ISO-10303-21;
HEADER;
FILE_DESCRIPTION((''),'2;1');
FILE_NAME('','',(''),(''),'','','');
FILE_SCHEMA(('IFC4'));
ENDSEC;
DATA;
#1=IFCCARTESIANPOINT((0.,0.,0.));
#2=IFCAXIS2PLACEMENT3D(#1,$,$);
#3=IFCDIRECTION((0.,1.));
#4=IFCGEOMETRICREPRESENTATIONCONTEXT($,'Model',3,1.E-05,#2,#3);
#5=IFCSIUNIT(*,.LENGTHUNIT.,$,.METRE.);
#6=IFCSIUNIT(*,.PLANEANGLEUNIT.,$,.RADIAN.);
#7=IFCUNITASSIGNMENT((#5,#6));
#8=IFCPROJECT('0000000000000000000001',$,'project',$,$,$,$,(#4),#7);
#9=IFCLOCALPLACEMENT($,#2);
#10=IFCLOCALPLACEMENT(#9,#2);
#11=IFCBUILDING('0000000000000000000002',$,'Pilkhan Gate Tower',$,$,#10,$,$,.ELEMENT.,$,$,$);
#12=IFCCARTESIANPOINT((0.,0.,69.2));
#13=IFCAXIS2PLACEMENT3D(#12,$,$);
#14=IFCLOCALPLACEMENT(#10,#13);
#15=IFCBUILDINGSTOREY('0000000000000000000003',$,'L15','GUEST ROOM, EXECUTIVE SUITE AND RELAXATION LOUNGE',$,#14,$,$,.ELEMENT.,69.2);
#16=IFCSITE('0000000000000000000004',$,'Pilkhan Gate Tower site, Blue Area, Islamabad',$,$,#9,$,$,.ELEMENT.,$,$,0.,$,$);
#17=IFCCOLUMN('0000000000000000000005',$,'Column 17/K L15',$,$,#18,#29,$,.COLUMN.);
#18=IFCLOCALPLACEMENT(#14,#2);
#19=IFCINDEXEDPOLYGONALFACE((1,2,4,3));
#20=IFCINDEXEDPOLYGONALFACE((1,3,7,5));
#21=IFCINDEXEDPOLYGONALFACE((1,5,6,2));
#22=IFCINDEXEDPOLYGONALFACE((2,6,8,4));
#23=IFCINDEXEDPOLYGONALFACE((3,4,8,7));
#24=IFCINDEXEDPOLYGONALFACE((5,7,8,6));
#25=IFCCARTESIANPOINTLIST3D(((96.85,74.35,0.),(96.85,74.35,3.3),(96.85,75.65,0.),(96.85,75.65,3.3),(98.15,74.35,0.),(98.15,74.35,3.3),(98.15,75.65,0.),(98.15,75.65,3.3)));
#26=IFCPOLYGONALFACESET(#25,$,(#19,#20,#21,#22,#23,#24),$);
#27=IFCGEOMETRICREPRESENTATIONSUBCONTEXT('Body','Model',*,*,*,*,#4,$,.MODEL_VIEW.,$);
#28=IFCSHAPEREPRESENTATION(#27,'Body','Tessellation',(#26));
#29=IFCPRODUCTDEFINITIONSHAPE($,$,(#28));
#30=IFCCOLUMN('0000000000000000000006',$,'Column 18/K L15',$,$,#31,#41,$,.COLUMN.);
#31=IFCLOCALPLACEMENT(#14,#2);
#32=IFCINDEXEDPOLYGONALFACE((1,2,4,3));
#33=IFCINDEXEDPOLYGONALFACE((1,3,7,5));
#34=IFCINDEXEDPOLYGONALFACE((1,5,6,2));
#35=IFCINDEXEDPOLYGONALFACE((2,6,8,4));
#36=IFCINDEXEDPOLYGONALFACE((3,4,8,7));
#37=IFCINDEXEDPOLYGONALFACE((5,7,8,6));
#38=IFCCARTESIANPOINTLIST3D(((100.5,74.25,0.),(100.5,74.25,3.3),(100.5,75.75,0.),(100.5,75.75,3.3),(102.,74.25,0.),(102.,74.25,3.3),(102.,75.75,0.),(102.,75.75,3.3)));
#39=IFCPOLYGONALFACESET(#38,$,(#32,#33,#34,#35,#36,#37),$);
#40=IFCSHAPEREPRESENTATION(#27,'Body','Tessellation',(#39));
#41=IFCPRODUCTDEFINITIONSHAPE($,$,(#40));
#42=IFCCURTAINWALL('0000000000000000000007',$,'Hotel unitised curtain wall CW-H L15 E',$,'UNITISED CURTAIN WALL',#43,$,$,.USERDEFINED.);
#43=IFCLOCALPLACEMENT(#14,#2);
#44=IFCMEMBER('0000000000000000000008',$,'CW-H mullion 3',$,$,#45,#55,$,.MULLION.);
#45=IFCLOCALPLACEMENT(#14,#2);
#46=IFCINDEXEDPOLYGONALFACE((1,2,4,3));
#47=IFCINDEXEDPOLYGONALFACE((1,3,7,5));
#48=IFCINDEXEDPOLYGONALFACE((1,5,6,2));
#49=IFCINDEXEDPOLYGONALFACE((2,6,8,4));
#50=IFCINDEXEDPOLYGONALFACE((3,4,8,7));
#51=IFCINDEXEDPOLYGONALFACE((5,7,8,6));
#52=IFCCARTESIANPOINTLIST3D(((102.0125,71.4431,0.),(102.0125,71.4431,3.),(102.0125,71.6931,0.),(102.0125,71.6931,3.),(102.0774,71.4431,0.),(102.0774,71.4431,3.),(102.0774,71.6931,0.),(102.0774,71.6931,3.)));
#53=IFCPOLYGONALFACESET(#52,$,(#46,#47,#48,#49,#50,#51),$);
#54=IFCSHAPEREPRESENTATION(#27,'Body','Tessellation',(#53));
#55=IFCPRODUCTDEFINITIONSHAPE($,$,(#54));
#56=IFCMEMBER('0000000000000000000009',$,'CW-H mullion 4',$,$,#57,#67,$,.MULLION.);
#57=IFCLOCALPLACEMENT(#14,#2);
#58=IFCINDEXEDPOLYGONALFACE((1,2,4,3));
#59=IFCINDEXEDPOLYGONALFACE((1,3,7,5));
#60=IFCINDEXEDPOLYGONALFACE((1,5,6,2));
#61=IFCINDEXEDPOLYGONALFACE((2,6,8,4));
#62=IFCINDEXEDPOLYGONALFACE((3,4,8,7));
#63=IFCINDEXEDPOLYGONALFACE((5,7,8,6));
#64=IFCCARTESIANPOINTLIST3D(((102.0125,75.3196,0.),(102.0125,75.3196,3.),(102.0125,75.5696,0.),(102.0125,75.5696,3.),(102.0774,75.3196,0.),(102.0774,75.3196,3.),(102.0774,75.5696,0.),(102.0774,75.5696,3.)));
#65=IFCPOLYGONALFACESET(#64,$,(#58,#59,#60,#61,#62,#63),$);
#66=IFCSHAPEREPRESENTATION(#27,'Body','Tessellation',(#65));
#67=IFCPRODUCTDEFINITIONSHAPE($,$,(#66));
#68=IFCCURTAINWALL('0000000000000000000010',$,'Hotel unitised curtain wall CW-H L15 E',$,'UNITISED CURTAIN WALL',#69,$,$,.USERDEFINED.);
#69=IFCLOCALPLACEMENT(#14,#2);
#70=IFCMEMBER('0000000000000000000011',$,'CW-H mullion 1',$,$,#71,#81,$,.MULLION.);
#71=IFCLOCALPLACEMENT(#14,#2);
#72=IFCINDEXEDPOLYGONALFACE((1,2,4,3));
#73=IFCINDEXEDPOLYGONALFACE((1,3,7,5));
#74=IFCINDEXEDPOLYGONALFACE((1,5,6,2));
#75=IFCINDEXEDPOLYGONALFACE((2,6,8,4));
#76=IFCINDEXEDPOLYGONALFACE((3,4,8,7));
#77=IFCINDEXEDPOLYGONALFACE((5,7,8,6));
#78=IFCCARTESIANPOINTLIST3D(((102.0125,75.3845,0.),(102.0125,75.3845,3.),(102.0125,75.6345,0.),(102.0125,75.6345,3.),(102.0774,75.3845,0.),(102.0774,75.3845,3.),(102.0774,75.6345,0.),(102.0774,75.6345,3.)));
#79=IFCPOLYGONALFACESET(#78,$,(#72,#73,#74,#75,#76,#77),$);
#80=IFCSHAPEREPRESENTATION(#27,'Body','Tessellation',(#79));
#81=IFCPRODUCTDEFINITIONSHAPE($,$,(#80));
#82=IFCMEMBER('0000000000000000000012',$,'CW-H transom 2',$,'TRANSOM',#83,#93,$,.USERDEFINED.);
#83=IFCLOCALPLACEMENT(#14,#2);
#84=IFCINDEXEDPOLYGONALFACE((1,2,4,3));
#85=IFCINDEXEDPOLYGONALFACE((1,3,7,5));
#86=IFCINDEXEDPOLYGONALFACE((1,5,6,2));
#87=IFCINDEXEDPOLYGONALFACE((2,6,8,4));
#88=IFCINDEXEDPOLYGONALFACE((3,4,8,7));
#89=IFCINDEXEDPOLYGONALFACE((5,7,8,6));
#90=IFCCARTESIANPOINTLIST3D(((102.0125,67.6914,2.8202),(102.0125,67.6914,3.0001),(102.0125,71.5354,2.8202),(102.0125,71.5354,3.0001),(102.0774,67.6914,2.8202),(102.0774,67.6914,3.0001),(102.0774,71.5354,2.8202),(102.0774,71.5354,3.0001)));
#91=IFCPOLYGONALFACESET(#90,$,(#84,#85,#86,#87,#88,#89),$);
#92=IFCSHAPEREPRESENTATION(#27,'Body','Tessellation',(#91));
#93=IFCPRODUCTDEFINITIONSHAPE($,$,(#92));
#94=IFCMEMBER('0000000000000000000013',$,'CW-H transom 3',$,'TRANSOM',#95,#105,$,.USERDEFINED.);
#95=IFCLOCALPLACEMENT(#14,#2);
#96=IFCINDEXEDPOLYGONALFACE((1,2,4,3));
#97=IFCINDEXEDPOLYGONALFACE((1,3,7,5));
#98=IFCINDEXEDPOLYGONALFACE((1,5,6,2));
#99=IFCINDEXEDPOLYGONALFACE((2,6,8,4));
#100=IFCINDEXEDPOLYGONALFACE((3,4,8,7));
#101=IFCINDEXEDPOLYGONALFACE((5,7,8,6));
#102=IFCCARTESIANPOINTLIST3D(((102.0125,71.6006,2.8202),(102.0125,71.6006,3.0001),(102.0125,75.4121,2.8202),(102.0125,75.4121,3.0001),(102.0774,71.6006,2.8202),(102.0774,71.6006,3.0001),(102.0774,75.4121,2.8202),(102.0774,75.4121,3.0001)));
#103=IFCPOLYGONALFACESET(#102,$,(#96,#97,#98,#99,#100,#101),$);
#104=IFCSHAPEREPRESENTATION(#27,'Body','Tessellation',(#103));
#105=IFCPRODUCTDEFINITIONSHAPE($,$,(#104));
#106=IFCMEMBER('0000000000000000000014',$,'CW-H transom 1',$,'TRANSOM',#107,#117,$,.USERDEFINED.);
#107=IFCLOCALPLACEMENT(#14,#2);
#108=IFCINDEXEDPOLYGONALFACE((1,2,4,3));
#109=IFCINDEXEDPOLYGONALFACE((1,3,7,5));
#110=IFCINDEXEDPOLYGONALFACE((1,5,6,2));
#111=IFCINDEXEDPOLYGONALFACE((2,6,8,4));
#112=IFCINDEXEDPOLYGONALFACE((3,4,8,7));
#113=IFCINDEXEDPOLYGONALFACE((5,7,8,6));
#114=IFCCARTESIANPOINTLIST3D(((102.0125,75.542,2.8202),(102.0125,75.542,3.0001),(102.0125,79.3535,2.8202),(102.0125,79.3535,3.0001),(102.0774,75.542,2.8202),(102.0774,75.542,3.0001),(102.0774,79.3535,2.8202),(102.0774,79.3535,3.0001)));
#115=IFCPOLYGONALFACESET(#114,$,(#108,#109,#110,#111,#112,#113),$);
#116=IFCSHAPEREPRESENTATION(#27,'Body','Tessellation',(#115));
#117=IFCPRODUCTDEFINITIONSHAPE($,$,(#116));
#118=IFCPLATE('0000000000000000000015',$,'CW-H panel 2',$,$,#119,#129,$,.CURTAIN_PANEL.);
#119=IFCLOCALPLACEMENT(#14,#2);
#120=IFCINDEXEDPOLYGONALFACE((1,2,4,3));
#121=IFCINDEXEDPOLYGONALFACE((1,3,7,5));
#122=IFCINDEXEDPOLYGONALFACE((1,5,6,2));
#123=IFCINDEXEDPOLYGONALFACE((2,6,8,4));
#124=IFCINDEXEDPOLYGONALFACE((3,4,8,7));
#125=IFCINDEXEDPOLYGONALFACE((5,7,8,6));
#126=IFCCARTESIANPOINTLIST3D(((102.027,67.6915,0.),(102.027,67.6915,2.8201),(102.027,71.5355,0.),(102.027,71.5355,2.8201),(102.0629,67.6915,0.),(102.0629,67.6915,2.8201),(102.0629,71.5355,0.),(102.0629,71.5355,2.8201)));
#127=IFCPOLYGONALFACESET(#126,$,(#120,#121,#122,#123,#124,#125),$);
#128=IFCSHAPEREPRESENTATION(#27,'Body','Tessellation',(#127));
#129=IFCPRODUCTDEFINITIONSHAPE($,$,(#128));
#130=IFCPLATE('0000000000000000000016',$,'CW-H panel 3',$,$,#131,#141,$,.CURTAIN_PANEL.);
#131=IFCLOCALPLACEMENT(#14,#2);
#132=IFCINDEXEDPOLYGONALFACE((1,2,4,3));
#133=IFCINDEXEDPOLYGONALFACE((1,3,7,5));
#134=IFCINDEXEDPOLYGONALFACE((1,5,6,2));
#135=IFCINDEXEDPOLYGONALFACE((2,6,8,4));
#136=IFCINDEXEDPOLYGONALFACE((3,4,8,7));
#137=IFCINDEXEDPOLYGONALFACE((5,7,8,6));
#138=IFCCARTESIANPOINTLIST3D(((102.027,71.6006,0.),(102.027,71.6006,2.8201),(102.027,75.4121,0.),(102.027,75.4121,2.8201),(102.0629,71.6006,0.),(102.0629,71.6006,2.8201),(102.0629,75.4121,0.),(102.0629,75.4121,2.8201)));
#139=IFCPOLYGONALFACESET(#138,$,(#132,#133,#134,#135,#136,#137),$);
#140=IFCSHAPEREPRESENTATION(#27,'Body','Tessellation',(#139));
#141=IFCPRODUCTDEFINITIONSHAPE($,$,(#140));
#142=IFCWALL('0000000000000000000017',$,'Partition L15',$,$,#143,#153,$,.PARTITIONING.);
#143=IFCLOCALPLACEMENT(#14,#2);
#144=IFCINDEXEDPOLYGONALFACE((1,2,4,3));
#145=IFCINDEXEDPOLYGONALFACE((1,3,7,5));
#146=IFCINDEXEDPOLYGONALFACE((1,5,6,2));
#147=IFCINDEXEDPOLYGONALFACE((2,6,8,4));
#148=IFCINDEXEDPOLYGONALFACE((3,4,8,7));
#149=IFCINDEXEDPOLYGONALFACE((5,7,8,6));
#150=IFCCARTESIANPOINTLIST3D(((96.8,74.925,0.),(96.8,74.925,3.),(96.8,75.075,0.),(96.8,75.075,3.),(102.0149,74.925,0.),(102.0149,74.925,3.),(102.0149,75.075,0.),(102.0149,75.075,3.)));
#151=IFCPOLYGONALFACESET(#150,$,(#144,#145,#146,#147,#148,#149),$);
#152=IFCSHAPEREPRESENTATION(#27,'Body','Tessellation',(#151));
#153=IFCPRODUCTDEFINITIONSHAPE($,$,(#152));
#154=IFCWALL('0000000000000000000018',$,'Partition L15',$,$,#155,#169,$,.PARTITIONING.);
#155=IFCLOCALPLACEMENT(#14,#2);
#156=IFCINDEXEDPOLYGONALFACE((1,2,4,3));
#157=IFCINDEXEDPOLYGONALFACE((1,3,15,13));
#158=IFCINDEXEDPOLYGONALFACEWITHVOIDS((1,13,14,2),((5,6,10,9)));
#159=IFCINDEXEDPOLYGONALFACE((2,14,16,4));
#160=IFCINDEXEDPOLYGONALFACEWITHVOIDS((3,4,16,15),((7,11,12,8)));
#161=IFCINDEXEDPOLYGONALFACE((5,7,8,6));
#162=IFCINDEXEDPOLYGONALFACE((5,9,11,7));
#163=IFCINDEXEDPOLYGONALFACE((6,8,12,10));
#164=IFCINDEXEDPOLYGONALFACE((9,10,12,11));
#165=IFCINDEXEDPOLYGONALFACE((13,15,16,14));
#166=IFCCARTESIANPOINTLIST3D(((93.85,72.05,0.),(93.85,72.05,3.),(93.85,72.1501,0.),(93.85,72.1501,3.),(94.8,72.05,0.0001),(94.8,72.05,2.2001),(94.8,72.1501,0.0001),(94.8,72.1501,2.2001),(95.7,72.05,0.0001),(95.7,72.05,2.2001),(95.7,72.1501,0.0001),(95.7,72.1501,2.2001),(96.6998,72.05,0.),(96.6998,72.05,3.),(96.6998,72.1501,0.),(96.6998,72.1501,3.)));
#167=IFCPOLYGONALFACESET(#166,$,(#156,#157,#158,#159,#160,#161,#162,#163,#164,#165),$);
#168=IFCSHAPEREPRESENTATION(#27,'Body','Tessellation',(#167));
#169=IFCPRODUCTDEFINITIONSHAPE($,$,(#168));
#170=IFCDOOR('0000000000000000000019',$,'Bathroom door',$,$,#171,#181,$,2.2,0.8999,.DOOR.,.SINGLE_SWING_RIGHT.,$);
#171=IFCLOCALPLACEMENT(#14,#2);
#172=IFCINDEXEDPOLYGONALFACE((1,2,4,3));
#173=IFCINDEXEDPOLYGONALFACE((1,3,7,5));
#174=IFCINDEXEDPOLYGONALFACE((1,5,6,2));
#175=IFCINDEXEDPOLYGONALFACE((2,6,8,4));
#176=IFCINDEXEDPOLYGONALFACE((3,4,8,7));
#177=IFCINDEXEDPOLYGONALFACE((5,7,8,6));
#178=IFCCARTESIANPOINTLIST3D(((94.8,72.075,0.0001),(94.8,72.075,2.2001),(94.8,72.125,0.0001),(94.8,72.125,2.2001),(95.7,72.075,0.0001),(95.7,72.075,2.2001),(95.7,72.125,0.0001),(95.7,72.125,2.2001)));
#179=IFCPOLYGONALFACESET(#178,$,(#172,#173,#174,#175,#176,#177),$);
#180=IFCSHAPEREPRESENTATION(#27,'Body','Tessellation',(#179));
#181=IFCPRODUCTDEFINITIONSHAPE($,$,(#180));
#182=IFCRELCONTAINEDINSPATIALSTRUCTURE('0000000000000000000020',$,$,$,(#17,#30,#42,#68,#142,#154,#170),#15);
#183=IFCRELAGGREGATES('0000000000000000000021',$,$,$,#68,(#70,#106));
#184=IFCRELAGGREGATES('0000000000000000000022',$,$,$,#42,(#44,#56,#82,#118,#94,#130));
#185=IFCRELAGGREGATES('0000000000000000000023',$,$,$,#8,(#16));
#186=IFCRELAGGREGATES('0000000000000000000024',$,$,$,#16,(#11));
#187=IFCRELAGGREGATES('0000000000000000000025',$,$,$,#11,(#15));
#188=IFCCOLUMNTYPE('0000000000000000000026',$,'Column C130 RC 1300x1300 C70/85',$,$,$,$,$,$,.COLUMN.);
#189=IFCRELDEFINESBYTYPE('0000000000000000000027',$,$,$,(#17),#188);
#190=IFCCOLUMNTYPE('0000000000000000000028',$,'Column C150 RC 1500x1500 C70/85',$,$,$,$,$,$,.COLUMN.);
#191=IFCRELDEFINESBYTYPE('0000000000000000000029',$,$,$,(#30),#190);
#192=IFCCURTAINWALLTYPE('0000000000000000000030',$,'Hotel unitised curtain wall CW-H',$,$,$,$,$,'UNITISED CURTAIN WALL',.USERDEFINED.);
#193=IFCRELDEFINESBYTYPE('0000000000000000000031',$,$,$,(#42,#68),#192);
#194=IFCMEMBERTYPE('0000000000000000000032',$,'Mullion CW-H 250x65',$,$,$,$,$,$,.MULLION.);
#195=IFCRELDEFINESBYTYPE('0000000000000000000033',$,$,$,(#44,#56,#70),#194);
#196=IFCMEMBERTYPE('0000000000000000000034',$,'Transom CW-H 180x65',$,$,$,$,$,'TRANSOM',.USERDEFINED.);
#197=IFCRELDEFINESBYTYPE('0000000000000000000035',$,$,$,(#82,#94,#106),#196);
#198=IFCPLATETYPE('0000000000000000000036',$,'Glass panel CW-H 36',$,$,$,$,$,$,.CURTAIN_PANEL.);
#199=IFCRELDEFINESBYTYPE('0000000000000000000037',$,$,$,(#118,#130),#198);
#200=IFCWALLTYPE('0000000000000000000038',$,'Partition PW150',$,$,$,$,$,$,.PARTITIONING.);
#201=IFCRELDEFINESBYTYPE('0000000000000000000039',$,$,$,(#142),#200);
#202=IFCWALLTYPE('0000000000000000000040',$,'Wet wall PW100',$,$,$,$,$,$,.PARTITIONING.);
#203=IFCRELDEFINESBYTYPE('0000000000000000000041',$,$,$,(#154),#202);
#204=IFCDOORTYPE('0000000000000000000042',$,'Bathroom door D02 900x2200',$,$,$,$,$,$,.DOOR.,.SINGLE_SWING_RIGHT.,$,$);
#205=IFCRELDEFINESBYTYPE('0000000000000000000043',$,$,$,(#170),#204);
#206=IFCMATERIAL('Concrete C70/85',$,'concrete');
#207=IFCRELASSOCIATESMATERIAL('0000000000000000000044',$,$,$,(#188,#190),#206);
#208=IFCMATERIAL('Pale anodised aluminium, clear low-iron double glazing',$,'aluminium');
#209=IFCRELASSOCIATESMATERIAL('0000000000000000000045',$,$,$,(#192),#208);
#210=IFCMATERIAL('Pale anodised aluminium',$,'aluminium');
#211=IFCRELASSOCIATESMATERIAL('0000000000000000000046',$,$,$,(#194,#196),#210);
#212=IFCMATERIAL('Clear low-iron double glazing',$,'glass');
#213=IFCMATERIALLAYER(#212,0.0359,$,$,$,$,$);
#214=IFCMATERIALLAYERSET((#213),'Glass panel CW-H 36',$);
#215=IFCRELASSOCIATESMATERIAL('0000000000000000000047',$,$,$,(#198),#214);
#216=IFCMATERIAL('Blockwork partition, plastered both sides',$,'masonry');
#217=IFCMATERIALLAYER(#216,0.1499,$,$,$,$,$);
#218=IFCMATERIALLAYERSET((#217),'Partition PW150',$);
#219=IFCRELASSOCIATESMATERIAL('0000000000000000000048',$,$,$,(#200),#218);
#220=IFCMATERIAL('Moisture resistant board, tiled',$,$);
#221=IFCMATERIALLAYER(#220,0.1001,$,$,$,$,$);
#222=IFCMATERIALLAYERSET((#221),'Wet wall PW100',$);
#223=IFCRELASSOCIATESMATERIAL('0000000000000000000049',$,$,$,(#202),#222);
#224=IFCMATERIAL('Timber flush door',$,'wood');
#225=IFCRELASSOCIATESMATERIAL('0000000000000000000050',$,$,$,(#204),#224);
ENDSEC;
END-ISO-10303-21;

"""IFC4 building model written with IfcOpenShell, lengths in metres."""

from ifc_helpers import new_model, si_unit, direction, frame, frame_2d, origin, origin_2d, place, context, subcontext, project, spatial, rectangle, extrude, material, layer, layer_set, material_profile, profile_set, type_object, element, fill, aggregate, save


model = new_model("IFC4")

# Units and contexts
model_context = context("Model", 3, precision=1e-05, world=origin(), true_north=direction((0.0, 1.0)))
body_context = subcontext(model_context, "Body", "Model", "MODEL_VIEW")
ifc_project = project(units=[si_unit("LENGTHUNIT", "METRE"), si_unit("PLANEANGLEUNIT", "RADIAN")], contexts=[model_context])

# Site, building, storey
site_placement = place(None, origin())
site = spatial("IfcSite", under=ifc_project, at=site_placement, Name="Pilkhan Gate Tower site, Blue Area, Islamabad", CompositionType="ELEMENT", RefElevation=0.0)
building_placement = place(site_placement, origin())
building = spatial("IfcBuilding", under=site, at=building_placement, Name="Pilkhan Gate Tower", CompositionType="ELEMENT")
storey_placement = place(building_placement, frame((0.0, 0.0, 69.2)))
storey = spatial("IfcBuildingStorey", under=building, at=storey_placement, Name="L15", Description="GUEST ROOM, EXECUTIVE SUITE AND RELAXATION LOUNGE", CompositionType="ELEMENT", Elevation=69.2)

# Columns
ifc_material_1 = material(Name="Concrete C70/85", Category="concrete")
ifc_material_profile_1 = material_profile(ifc_material_1, rectangle(XDim=1.3, YDim=1.3, at=origin_2d()), Name="RC 1300x1300")
ifc_profile_set_1 = profile_set([ifc_material_profile_1], Name="Concrete C70/85")
column_type_1 = type_object("IfcColumnType", Name="Column C130 RC 1300x1300 C70/85", PredefinedType="COLUMN", material=ifc_profile_set_1)
column_1_placement = place(storey_placement, frame((97.5, 75.0, 0.0), z_axis=(0.0, 0.0, 1.0), x_axis=(1.0, 0.0, 0.0)))
element("IfcColumn", 1, at=column_1_placement, inside=storey, type_object=column_type_1, Name="Column 17/K L15", PredefinedType="COLUMN", context=body_context, shape_type="SweptSolid", body=[
    extrude(rectangle(XDim=1.3, YDim=1.3, at=origin_2d()), origin(), (0.0, 0.0, 1.0), 3.3),
])
ifc_material_profile_2 = material_profile(ifc_material_1, rectangle(XDim=1.5, YDim=1.5, at=origin_2d()), Name="RC 1500x1500")
ifc_profile_set_2 = profile_set([ifc_material_profile_2], Name="Concrete C70/85")
column_type_2 = type_object("IfcColumnType", Name="Column C150 RC 1500x1500 C70/85", PredefinedType="COLUMN", material=ifc_profile_set_2)
column_2_placement = place(storey_placement, frame((101.25, 75.0, 0.0), z_axis=(0.0, 0.0, 1.0), x_axis=(1.0, 0.0, 0.0)))
element("IfcColumn", 2, at=column_2_placement, inside=storey, type_object=column_type_2, Name="Column 18/K L15", PredefinedType="COLUMN", context=body_context, shape_type="SweptSolid", body=[
    extrude(rectangle(XDim=1.5, YDim=1.5, at=origin_2d()), origin(), (0.0, 0.0, 1.0), 3.3),
])

# Curtain wall, members
ifc_material_2 = material(Name="Pale anodised aluminium, clear low-iron double glazing", Category="aluminium")
curtain_wall_type = type_object("IfcCurtainWallType", Name="Hotel unitised curtain wall CW-H", ElementType="UNITISED CURTAIN WALL", PredefinedType="USERDEFINED", material=ifc_material_2)
curtain_wall_1_placement = place(storey_placement, origin())
curtain_wall_1 = element("IfcCurtainWall", 3, at=curtain_wall_1_placement, inside=storey, type_object=curtain_wall_type, Name="Hotel unitised curtain wall CW-H L15 E", ObjectType="UNITISED CURTAIN WALL", PredefinedType="USERDEFINED")
ifc_material_3 = material(Name="Pale anodised aluminium", Category="aluminium")
ifc_material_profile_3 = material_profile(ifc_material_3, rectangle(XDim=0.0649, YDim=0.25, at=origin_2d()), Name="Mullion 250x65")
ifc_profile_set_3 = profile_set([ifc_material_profile_3], Name="Pale anodised aluminium")
member_type_1 = type_object("IfcMemberType", Name="Mullion CW-H 250x65", PredefinedType="MULLION", material=ifc_profile_set_3)
member_1_placement = place(storey_placement, frame((102.0449, 71.5681, 0.0), z_axis=(0.0, 0.0, 1.0), x_axis=(-1.0, 0.0, 0.0)))
member_1 = element("IfcMember", 4, at=member_1_placement, type_object=member_type_1, Name="CW-H mullion 3", PredefinedType="MULLION", context=body_context, shape_type="SweptSolid", body=[
    extrude(rectangle(XDim=0.0649, YDim=0.25, at=origin_2d()), origin(), (0.0, 0.0, 1.0), 3.0),
])
member_2_placement = place(storey_placement, frame((102.0449, 75.4446, 0.0), z_axis=(0.0, 0.0, 1.0), x_axis=(-1.0, 0.0, 0.0)))
member_2 = element("IfcMember", 5, at=member_2_placement, type_object=member_type_1, Name="CW-H mullion 4", PredefinedType="MULLION", context=body_context, shape_type="SweptSolid", body=[
    extrude(rectangle(XDim=0.0649, YDim=0.25, at=origin_2d()), origin(), (0.0, 0.0, 1.0), 3.0),
])

# Curtain wall, member
curtain_wall_2_placement = place(storey_placement, origin())
curtain_wall_2 = element("IfcCurtainWall", 6, at=curtain_wall_2_placement, inside=storey, type_object=curtain_wall_type, Name="Hotel unitised curtain wall CW-H L15 E", ObjectType="UNITISED CURTAIN WALL", PredefinedType="USERDEFINED")
member_3_placement = place(storey_placement, frame((102.0449, 75.5095, 0.0), z_axis=(0.0, 0.0, 1.0), x_axis=(-1.0, 0.0, 0.0)))
member_3 = element("IfcMember", 7, at=member_3_placement, type_object=member_type_1, Name="CW-H mullion 1", PredefinedType="MULLION", context=body_context, shape_type="SweptSolid", body=[
    extrude(rectangle(XDim=0.0649, YDim=0.25, at=origin_2d()), origin(), (0.0, 0.0, 1.0), 3.0),
])

# Members
ifc_material_profile_4 = material_profile(ifc_material_3, rectangle(XDim=0.0649, YDim=0.1799, at=origin_2d()), Name="Transom 180x65")
ifc_profile_set_4 = profile_set([ifc_material_profile_4], Name="Pale anodised aluminium")
member_type_2 = type_object("IfcMemberType", Name="Transom CW-H 180x65", ElementType="TRANSOM", PredefinedType="USERDEFINED", material=ifc_profile_set_4)
member_4_placement = place(storey_placement, frame((102.0449, 67.6914, 2.9102), z_axis=(0.0, 1.0, 0.0), x_axis=(-1.0, 0.0, 0.0)))
member_4 = element("IfcMember", 8, at=member_4_placement, type_object=member_type_2, Name="CW-H transom 2", ObjectType="TRANSOM", PredefinedType="USERDEFINED", context=body_context, shape_type="SweptSolid", body=[
    extrude(rectangle(XDim=0.0649, YDim=0.1799, at=origin_2d()), origin(), (0.0, 0.0, 1.0), 3.844),
])
member_5_placement = place(storey_placement, frame((102.0449, 71.6006, 2.9102), z_axis=(0.0, 1.0, 0.0), x_axis=(-1.0, 0.0, 0.0)))
member_5 = element("IfcMember", 9, at=member_5_placement, type_object=member_type_2, Name="CW-H transom 3", ObjectType="TRANSOM", PredefinedType="USERDEFINED", context=body_context, shape_type="SweptSolid", body=[
    extrude(rectangle(XDim=0.0649, YDim=0.1799, at=origin_2d()), origin(), (0.0, 0.0, 1.0), 3.8115),
])
member_6_placement = place(storey_placement, frame((102.0449, 75.542, 2.9102), z_axis=(0.0, 1.0, 0.0), x_axis=(-1.0, 0.0, 0.0)))
member_6 = element("IfcMember", 10, at=member_6_placement, type_object=member_type_2, Name="CW-H transom 1", ObjectType="TRANSOM", PredefinedType="USERDEFINED", context=body_context, shape_type="SweptSolid", body=[
    extrude(rectangle(XDim=0.0649, YDim=0.1799, at=origin_2d()), origin(), (0.0, 0.0, 1.0), 3.8115),
])
aggregate(curtain_wall_2, [member_3, member_6])

# Plates
ifc_material_4 = material(Name="Clear low-iron double glazing", Category="glass")
ifc_layer_1 = layer(ifc_material_4, 0.0359)
ifc_layer_set_1 = layer_set([ifc_layer_1], Name="Glass panel CW-H 36")
plate_type = type_object("IfcPlateType", Name="Glass panel CW-H 36", PredefinedType="CURTAIN_PANEL", material=ifc_layer_set_1)
plate_1_placement = place(storey_placement, frame((102.0449, 69.6135, 0.0), z_axis=(0.0, 0.0, 1.0), x_axis=(0.0, 1.0, 0.0)))
plate_1 = element("IfcPlate", 11, at=plate_1_placement, type_object=plate_type, Name="CW-H panel 2", PredefinedType="CURTAIN_PANEL", context=body_context, shape_type="SweptSolid", body=[
    extrude(rectangle(XDim=3.844, YDim=0.0359, at=origin_2d()), origin(), (0.0, 0.0, 1.0), 2.8201),
])
plate_2_placement = place(storey_placement, frame((102.0449, 73.5063, 0.0), z_axis=(0.0, 0.0, 1.0), x_axis=(0.0, 1.0, 0.0)))
plate_2 = element("IfcPlate", 12, at=plate_2_placement, type_object=plate_type, Name="CW-H panel 3", PredefinedType="CURTAIN_PANEL", context=body_context, shape_type="SweptSolid", body=[
    extrude(rectangle(XDim=3.8115, YDim=0.0359, at=origin_2d()), origin(), (0.0, 0.0, 1.0), 2.8201),
])
aggregate(curtain_wall_1, [member_1, member_2, member_4, plate_1, member_5, plate_2])

# Wall
ifc_material_5 = material(Name="Blockwork partition, plastered both sides", Category="masonry")
ifc_layer_2 = layer(ifc_material_5, 0.1499)
ifc_layer_set_2 = layer_set([ifc_layer_2], Name="Partition PW150")
wall_type_1 = type_object("IfcWallType", Name="Partition PW150", PredefinedType="PARTITIONING", material=ifc_layer_set_2)
wall_1_placement = place(storey_placement, frame((96.8, 75.0, 0.0), z_axis=(0.0, 0.0, 1.0), x_axis=(1.0, 0.0, 0.0)))
element("IfcWall", 13, at=wall_1_placement, inside=storey, type_object=wall_type_1, Name="Partition L15", PredefinedType="PARTITIONING", context=body_context, shape_type="SweptSolid", body=[
    extrude(rectangle(XDim=5.2148, YDim=0.1499, at=frame_2d((2.6074, 0.0))), origin(), (0.0, 0.0, 1.0), 3.0),
])

# Wall, opening, door
ifc_material_6 = material(Name="Moisture resistant board, tiled")
ifc_layer_3 = layer(ifc_material_6, 0.1001)
ifc_layer_set_3 = layer_set([ifc_layer_3], Name="Wet wall PW100")
wall_type_2 = type_object("IfcWallType", Name="Wet wall PW100", PredefinedType="PARTITIONING", material=ifc_layer_set_3)
wall_2_placement = place(storey_placement, frame((93.8501, 72.1001, 0.0), z_axis=(0.0, 0.0, 1.0), x_axis=(1.0, 0.0, 0.0)))
wall_2 = element("IfcWall", 14, at=wall_2_placement, inside=storey, type_object=wall_type_2, Name="Partition L15", PredefinedType="PARTITIONING", context=body_context, shape_type="SweptSolid", body=[
    extrude(rectangle(XDim=2.8499, YDim=0.1001, at=frame_2d((1.4248, 0.0))), origin(), (0.0, 0.0, 1.0), 3.0),
])
opening_1_placement = place(wall_2_placement, frame((0.95, 0.0, 0.0)))
opening_1 = element("IfcOpeningElement", 15, at=opening_1_placement, cuts=wall_2, PredefinedType="OPENING", context=body_context, shape_type="SweptSolid", body=[
    extrude(rectangle(XDim=0.8999, YDim=2.2, at=frame_2d((0.45, 1.1001))), frame((0.0, 0.0601, 0.0), z_axis=(0.0, -1.0, 0.0), x_axis=(1.0, 0.0, 0.0)), (0.0, 0.0, 1.0), 0.1201),
])
ifc_material_7 = material(Name="Timber flush door", Category="wood")
door_type = type_object("IfcDoorType", Name="Bathroom door D02 900x2200", OperationType="SINGLE_SWING_RIGHT", PredefinedType="DOOR", material=ifc_material_7)
door_1_placement = place(opening_1_placement, origin())
door_1 = element("IfcDoor", 16, at=door_1_placement, inside=storey, type_object=door_type, Name="Bathroom door", OperationType="SINGLE_SWING_RIGHT", OverallHeight=2.2, OverallWidth=0.8999, PredefinedType="DOOR", context=body_context, shape_type="SweptSolid", body=[
    extrude(rectangle(XDim=0.8999, YDim=2.2, at=frame_2d((0.45, 1.1001))), frame((0.0, 0.0249, 0.0), z_axis=(0.0, -1.0, 0.0), x_axis=(1.0, 0.0, 0.0)), (0.0, 0.0, 1.0), 0.05),
])
fill(opening_1, door_1)

save(model, "model.ifc")
